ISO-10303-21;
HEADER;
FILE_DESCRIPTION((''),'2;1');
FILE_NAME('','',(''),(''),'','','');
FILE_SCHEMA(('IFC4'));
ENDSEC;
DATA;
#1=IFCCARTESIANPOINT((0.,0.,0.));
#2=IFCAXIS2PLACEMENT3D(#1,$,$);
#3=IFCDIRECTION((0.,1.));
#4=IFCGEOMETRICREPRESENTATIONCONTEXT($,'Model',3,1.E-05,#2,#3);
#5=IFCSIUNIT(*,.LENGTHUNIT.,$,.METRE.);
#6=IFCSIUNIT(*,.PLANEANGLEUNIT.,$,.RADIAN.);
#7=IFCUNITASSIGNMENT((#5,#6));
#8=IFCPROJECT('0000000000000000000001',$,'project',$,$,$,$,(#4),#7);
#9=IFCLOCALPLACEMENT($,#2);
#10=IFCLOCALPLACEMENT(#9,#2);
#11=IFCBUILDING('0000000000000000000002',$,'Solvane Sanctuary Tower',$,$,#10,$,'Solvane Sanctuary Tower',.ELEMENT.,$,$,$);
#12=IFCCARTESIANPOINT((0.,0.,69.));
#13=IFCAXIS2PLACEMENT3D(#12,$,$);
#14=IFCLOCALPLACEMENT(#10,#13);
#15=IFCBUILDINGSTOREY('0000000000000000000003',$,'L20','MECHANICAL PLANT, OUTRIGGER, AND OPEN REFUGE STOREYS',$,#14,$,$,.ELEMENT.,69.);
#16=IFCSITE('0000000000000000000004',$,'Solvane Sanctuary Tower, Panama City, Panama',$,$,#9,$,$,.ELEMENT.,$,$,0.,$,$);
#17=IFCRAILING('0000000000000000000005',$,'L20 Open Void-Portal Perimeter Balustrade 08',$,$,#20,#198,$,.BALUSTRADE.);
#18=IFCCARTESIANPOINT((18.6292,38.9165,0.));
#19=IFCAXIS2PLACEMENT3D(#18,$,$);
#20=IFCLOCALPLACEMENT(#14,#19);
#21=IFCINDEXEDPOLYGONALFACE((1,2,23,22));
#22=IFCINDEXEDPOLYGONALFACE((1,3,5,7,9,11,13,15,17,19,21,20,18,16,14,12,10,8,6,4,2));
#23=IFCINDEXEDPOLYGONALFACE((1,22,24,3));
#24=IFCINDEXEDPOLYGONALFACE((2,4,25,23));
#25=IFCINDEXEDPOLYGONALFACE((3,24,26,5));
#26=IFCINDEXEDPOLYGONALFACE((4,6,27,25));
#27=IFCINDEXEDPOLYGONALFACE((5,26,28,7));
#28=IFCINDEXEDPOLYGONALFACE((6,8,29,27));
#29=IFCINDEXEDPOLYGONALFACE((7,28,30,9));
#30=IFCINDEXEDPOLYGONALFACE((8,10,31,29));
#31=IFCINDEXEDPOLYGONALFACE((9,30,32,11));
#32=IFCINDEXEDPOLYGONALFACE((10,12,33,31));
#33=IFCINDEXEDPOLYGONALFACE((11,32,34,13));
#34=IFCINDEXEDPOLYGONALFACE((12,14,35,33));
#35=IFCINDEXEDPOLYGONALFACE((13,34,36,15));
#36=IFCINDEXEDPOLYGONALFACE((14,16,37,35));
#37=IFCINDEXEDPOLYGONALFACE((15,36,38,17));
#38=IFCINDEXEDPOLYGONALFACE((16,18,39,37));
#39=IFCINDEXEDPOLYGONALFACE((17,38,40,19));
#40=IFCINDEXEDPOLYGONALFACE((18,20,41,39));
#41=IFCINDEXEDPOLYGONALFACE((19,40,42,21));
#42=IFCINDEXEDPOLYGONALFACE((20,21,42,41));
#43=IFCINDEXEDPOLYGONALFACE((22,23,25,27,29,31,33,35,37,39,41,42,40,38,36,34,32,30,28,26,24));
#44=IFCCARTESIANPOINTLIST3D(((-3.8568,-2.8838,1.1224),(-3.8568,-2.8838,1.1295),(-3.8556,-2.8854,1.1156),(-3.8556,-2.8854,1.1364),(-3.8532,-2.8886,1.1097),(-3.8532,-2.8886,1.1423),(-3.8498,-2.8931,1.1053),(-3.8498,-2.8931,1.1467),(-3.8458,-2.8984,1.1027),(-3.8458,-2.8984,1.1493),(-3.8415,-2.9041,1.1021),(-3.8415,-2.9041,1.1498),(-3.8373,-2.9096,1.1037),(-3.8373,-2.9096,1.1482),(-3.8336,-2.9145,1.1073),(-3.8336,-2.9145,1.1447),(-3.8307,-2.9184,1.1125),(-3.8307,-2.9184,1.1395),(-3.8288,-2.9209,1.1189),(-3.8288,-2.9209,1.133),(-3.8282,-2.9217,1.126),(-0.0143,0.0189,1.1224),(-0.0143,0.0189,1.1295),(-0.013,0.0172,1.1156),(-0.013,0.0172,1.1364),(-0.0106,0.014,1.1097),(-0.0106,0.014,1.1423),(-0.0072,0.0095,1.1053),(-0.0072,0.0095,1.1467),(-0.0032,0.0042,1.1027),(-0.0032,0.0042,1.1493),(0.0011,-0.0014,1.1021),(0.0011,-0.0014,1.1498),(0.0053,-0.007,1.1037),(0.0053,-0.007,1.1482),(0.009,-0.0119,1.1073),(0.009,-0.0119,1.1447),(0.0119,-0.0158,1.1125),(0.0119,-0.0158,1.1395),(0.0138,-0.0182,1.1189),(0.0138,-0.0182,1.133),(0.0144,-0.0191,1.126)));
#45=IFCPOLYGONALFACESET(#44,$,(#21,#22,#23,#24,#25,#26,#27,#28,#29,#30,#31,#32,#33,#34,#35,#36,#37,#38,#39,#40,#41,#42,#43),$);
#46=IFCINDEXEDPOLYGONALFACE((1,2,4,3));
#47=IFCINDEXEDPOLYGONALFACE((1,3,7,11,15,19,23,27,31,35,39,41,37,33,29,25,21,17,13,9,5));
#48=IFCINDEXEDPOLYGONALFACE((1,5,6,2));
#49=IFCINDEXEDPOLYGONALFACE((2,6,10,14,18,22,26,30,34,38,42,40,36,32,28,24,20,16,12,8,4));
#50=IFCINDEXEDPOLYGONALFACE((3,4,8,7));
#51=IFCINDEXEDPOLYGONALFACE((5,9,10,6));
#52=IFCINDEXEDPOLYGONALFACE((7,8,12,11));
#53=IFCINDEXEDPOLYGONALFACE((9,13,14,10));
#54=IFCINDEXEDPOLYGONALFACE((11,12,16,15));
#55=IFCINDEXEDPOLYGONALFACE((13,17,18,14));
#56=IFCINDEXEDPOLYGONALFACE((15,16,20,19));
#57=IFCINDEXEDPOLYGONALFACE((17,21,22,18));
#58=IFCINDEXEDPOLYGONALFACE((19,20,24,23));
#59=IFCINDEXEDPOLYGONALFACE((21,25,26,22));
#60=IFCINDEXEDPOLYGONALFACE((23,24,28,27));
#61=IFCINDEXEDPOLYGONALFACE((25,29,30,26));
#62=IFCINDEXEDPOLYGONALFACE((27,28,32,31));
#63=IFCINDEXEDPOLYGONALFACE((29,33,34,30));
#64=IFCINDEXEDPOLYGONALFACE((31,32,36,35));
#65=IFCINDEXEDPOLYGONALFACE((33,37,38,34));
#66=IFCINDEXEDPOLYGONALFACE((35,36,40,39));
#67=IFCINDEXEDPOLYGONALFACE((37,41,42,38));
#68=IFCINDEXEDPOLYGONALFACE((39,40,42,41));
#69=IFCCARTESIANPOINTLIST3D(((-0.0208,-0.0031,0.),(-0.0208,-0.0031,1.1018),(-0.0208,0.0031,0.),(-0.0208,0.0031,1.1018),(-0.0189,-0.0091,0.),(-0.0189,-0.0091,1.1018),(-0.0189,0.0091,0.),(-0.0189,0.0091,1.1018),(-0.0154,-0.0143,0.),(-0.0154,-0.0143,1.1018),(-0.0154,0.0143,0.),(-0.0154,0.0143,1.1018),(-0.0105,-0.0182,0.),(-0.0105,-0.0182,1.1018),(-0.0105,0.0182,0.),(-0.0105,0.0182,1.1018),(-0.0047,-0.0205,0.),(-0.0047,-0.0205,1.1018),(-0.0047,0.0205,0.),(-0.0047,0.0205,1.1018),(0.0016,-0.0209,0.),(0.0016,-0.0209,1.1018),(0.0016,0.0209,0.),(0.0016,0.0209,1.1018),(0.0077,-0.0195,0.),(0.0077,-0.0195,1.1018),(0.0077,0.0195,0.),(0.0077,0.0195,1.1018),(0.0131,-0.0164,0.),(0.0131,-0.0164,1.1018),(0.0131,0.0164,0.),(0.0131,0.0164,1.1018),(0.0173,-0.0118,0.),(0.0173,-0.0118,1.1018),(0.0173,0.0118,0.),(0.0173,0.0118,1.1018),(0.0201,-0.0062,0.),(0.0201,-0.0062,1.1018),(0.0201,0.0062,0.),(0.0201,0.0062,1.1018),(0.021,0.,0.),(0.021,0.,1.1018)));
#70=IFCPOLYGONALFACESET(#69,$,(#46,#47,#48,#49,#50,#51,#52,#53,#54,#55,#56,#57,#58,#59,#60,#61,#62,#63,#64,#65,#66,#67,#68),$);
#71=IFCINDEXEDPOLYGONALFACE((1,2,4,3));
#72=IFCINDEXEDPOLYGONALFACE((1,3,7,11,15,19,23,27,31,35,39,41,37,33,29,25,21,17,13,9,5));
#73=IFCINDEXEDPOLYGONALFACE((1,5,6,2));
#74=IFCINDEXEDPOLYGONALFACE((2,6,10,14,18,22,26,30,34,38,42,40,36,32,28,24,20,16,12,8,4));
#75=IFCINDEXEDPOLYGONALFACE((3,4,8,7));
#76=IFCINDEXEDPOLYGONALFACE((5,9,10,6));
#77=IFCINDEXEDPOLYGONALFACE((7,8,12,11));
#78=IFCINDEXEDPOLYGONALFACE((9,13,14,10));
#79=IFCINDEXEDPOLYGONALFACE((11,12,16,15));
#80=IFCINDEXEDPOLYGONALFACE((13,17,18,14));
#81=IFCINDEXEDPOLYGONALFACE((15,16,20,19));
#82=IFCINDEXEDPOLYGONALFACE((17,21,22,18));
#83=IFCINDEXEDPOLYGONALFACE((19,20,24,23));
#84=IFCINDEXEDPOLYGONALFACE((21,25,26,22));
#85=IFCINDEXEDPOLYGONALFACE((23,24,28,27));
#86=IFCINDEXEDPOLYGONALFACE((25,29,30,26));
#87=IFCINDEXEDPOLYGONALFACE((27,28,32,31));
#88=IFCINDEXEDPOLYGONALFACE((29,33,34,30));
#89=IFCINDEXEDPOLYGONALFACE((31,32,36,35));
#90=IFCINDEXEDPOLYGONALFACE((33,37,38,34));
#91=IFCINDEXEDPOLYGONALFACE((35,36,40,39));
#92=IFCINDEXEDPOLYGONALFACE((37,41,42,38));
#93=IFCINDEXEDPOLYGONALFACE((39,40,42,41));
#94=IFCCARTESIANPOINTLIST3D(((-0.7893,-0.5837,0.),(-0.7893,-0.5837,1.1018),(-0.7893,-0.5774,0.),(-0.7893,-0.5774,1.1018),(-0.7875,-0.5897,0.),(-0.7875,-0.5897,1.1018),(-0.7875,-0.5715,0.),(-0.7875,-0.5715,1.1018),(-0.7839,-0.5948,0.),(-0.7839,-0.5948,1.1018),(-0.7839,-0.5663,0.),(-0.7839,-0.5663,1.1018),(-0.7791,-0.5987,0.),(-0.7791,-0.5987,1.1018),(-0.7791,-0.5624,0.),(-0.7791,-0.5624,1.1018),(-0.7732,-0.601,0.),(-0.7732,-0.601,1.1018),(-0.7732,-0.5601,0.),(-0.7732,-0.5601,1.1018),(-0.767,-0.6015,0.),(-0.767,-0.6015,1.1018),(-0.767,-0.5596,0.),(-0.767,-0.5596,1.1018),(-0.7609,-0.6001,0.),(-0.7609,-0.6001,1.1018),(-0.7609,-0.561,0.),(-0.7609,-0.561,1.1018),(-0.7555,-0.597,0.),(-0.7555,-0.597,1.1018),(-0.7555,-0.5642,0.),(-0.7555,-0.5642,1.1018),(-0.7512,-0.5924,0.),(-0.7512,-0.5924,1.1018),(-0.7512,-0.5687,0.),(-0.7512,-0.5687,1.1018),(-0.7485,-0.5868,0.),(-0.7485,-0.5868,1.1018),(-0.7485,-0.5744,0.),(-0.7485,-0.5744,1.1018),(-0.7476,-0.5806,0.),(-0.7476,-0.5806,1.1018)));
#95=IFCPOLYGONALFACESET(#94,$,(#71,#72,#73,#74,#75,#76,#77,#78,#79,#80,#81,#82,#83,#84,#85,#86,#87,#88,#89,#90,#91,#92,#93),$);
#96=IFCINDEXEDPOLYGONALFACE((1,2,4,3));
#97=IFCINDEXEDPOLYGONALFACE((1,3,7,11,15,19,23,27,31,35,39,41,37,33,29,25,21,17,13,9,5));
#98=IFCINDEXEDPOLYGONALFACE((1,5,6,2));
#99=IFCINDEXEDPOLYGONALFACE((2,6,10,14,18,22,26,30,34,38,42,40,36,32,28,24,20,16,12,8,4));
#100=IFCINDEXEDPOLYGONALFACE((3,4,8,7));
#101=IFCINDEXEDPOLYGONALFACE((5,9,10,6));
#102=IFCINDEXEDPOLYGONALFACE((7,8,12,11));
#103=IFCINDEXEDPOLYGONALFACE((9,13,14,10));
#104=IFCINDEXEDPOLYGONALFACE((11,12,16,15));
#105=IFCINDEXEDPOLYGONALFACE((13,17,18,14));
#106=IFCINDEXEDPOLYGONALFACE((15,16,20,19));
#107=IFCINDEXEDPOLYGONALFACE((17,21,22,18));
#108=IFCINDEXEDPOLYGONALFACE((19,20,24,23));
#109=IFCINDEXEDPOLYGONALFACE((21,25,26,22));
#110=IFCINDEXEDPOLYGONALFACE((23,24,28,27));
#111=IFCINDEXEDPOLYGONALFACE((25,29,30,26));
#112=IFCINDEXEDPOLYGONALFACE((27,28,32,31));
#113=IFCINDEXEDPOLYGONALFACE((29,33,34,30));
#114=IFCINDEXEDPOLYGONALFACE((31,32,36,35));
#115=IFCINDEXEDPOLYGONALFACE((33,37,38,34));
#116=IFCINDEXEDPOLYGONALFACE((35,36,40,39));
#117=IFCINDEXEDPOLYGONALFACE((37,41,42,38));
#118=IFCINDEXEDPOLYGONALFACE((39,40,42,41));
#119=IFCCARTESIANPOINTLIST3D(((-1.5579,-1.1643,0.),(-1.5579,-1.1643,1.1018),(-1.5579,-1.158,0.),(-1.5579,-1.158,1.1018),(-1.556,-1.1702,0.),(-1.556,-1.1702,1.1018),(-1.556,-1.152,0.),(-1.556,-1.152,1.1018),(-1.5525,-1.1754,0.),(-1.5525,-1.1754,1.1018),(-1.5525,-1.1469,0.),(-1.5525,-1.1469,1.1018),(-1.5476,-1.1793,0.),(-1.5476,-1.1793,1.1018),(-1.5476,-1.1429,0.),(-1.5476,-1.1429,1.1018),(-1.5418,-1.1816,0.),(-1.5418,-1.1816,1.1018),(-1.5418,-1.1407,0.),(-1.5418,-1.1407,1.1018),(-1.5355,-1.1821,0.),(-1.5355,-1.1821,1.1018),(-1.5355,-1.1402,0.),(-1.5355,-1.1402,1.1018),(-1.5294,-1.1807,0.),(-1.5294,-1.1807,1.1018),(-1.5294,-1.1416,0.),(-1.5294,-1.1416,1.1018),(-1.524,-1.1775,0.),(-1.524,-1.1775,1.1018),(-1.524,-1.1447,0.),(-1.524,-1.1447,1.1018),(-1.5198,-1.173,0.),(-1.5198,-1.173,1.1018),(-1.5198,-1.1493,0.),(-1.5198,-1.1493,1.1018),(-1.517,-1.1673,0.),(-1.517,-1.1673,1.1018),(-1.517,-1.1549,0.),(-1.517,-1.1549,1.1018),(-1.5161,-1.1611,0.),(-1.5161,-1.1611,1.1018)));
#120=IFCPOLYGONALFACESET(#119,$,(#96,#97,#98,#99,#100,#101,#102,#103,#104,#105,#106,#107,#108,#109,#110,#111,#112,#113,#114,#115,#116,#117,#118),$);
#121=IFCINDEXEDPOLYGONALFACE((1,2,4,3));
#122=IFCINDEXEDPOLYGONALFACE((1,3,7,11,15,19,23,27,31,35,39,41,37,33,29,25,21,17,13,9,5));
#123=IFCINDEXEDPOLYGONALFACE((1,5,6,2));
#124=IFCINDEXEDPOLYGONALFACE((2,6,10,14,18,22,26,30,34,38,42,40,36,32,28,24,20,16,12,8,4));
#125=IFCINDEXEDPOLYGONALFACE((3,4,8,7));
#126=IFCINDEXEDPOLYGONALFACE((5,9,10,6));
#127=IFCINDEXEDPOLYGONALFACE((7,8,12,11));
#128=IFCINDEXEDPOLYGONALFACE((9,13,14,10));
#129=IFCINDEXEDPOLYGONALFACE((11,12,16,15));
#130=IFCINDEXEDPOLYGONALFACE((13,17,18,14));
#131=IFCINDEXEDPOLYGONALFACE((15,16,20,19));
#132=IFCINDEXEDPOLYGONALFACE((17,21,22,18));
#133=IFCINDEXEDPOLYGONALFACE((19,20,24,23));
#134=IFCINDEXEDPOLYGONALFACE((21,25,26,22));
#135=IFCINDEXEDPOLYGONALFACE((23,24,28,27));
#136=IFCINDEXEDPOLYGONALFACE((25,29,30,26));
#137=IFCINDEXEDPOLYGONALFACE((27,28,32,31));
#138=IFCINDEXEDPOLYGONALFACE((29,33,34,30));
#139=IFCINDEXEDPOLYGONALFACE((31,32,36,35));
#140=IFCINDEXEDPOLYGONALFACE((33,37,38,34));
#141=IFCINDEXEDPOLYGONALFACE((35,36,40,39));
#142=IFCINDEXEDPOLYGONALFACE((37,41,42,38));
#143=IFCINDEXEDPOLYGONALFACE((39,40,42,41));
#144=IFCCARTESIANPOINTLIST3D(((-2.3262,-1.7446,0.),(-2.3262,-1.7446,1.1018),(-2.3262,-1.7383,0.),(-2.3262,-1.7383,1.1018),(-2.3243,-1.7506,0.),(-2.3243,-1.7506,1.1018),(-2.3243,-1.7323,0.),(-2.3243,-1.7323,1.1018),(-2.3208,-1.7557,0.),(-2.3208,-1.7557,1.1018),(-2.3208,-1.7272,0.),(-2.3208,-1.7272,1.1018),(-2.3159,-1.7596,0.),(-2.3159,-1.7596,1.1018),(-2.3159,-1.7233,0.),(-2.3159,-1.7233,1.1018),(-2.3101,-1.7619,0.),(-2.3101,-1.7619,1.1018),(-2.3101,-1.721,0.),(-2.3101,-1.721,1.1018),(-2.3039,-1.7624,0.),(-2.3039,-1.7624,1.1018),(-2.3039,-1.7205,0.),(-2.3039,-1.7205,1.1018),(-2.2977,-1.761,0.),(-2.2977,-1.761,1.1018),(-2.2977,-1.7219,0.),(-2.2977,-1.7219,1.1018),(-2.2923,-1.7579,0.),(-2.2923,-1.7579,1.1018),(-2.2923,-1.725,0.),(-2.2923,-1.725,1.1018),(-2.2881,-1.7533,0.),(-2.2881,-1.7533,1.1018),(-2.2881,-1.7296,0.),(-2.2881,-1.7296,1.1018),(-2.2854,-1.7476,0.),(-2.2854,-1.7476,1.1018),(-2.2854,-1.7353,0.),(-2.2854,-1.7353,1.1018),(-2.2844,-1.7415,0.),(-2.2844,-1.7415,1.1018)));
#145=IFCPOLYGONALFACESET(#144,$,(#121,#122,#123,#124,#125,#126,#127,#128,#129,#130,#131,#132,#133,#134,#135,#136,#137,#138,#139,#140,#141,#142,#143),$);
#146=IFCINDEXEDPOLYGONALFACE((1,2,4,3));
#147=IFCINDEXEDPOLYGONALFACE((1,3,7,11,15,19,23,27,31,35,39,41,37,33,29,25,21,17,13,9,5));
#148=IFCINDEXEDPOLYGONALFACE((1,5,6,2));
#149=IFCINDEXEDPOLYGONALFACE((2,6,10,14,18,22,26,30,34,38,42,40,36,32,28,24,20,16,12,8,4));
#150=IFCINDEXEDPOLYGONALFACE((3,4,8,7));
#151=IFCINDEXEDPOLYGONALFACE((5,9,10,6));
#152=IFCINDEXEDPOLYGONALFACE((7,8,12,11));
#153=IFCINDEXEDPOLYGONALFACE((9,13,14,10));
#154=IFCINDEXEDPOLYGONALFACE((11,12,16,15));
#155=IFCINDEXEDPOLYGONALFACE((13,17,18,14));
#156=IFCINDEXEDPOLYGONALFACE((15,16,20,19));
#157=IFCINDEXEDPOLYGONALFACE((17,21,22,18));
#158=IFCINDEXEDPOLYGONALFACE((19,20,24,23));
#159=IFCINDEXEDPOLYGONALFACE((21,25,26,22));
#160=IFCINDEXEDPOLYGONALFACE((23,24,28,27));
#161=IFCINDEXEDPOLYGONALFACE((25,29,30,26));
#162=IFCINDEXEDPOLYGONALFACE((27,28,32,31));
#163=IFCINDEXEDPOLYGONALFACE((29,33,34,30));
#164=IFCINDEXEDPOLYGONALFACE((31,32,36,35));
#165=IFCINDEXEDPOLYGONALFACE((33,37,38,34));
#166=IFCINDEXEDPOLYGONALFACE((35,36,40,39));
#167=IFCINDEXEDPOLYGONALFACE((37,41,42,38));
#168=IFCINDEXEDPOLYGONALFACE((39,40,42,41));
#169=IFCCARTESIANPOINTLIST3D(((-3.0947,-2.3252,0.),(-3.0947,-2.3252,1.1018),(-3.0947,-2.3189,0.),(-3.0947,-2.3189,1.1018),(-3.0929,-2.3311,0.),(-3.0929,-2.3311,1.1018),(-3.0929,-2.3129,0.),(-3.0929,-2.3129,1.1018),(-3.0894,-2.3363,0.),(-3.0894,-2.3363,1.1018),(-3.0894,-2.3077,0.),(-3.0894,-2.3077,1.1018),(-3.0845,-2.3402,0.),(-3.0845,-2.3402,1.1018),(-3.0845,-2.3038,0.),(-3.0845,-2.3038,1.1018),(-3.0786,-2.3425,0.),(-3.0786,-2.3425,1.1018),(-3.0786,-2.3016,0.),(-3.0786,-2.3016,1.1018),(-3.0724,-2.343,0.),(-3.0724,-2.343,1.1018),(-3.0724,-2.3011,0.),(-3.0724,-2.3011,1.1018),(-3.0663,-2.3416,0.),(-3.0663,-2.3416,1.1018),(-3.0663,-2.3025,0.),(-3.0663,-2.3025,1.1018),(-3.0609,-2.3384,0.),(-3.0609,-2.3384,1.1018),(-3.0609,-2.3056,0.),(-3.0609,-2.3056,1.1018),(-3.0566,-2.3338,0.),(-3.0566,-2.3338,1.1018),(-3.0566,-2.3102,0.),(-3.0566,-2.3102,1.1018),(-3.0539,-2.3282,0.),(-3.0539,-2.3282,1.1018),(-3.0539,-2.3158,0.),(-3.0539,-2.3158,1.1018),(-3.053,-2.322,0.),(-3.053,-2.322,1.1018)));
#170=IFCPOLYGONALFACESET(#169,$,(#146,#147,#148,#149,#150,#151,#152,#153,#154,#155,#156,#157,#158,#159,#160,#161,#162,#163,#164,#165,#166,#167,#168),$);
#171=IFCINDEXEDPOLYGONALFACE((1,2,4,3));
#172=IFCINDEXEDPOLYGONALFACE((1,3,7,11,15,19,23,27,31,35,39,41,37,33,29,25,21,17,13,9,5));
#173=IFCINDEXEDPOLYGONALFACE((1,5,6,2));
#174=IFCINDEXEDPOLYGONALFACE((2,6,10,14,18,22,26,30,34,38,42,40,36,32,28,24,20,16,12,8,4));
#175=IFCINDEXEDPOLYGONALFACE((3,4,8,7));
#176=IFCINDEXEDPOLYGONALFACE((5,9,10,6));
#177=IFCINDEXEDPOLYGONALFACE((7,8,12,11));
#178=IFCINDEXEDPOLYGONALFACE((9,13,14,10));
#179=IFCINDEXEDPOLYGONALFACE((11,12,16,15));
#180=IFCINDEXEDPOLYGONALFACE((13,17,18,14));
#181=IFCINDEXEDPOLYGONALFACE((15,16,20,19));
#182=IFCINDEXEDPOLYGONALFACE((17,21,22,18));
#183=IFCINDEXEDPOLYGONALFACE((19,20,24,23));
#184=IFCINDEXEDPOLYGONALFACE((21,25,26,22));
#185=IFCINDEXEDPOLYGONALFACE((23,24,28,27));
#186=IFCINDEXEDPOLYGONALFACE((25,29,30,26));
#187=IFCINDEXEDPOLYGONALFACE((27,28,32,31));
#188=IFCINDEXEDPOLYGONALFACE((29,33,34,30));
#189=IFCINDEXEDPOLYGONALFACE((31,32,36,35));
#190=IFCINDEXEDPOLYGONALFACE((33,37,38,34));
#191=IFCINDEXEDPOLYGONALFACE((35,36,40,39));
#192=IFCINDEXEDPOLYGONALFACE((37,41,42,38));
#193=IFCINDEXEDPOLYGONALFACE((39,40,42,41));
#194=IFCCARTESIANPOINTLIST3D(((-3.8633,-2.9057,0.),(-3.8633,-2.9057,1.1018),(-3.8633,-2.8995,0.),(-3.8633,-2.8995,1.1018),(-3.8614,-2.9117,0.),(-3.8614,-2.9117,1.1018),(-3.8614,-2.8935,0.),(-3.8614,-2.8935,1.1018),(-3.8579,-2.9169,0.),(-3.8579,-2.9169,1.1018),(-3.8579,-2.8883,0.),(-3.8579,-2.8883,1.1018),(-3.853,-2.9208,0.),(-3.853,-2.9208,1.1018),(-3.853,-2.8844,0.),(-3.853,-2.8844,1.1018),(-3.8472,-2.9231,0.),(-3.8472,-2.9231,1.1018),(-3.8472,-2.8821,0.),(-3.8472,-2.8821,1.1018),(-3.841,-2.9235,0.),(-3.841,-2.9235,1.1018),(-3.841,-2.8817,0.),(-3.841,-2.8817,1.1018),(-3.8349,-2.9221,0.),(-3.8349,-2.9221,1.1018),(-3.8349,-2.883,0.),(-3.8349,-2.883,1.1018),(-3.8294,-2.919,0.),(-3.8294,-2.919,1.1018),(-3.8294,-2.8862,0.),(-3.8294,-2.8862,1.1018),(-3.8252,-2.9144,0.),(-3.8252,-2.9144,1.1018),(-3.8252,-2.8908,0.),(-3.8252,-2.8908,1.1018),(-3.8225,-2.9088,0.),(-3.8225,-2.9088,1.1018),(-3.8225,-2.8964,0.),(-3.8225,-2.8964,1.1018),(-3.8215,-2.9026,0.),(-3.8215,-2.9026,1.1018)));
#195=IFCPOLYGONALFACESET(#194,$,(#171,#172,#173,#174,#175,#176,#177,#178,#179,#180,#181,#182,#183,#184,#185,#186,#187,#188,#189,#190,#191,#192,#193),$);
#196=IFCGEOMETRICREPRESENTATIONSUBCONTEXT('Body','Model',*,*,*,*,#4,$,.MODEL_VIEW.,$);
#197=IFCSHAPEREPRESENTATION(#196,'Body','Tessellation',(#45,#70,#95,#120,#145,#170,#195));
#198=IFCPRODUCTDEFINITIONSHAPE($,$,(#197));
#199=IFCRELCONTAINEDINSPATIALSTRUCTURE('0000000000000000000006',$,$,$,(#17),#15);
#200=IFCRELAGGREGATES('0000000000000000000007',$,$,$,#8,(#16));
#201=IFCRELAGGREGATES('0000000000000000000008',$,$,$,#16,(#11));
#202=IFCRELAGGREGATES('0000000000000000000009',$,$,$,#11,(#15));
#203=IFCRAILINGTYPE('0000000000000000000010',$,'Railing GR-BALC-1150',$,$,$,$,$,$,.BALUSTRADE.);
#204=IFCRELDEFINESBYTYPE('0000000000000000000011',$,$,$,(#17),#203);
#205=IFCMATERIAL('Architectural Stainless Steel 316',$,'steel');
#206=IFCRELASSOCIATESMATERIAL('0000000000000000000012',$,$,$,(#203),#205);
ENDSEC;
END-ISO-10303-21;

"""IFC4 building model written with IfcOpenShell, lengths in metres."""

from ifc_helpers import new_model, si_unit, direction, frame, origin, origin_2d, place, context, subcontext, project, spatial, circle, extrude, material, type_object, element, save


model = new_model("IFC4")

# Units and contexts
model_context = context("Model", 3, precision=1e-05, world=origin(), true_north=direction((0.0, 1.0)))
body_context = subcontext(model_context, "Body", "Model", "MODEL_VIEW")
ifc_project = project(units=[si_unit("LENGTHUNIT", "METRE"), si_unit("PLANEANGLEUNIT", "RADIAN")], contexts=[model_context])

# Site, building, storey
site_placement = place(None, origin())
site = spatial("IfcSite", under=ifc_project, at=site_placement, Name="Solvane Sanctuary Tower, Panama City, Panama", CompositionType="ELEMENT", RefElevation=0.0)
building_placement = place(site_placement, origin())
building = spatial("IfcBuilding", under=site, at=building_placement, Name="Solvane Sanctuary Tower", LongName="Solvane Sanctuary Tower", CompositionType="ELEMENT")
storey_placement = place(building_placement, frame((0.0, 0.0, 69.0)))
storey = spatial("IfcBuildingStorey", under=building, at=storey_placement, Name="L20", Description="MECHANICAL PLANT, OUTRIGGER, AND OPEN REFUGE STOREYS", CompositionType="ELEMENT", Elevation=69.0)

# Shared definitions
ifc_material_1 = material(Name="Architectural Stainless Steel 316", Category="steel")

# Railing
railing_type_1 = type_object("IfcRailingType", Name="Railing GR-BALC-1150", PredefinedType="BALUSTRADE", material=ifc_material_1)
railing_1_placement = place(storey_placement, frame((18.6292, 38.9165, 0.0)))
element("IfcRailing", 1, at=railing_1_placement, inside=storey, type_object=railing_type_1, Name="L20 Open Void-Portal Perimeter Balustrade 08", PredefinedType="BALUSTRADE", context=body_context, shape_type="SweptSolid", body=[
    extrude(circle(Radius=0.0239, at=origin_2d()), frame((0.0, 0.0, 1.126), z_axis=(-0.797933, -0.602746, 0.0), x_axis=(0.602746, -0.797933, 0.0)), (0.0, 0.0, 1.0), 4.8157),
    extrude(circle(Radius=0.021, at=origin_2d()), origin(), (0.0, 0.0, 1.0), 1.1018),
    extrude(circle(Radius=0.021, at=origin_2d()), frame((-0.7686, -0.5806, 0.0)), (0.0, 0.0, 1.0), 1.1018),
    extrude(circle(Radius=0.021, at=origin_2d()), frame((-1.5371, -1.1611, 0.0)), (0.0, 0.0, 1.0), 1.1018),
    extrude(circle(Radius=0.021, at=origin_2d()), frame((-2.3054, -1.7415, 0.0)), (0.0, 0.0, 1.0), 1.1018),
    extrude(circle(Radius=0.021, at=origin_2d()), frame((-3.074, -2.322, 0.0)), (0.0, 0.0, 1.0), 1.1018),
    extrude(circle(Radius=0.021, at=origin_2d()), frame((-3.8425, -2.9026, 0.0)), (0.0, 0.0, 1.0), 1.1018),
])

save(model, "model.ifc")
